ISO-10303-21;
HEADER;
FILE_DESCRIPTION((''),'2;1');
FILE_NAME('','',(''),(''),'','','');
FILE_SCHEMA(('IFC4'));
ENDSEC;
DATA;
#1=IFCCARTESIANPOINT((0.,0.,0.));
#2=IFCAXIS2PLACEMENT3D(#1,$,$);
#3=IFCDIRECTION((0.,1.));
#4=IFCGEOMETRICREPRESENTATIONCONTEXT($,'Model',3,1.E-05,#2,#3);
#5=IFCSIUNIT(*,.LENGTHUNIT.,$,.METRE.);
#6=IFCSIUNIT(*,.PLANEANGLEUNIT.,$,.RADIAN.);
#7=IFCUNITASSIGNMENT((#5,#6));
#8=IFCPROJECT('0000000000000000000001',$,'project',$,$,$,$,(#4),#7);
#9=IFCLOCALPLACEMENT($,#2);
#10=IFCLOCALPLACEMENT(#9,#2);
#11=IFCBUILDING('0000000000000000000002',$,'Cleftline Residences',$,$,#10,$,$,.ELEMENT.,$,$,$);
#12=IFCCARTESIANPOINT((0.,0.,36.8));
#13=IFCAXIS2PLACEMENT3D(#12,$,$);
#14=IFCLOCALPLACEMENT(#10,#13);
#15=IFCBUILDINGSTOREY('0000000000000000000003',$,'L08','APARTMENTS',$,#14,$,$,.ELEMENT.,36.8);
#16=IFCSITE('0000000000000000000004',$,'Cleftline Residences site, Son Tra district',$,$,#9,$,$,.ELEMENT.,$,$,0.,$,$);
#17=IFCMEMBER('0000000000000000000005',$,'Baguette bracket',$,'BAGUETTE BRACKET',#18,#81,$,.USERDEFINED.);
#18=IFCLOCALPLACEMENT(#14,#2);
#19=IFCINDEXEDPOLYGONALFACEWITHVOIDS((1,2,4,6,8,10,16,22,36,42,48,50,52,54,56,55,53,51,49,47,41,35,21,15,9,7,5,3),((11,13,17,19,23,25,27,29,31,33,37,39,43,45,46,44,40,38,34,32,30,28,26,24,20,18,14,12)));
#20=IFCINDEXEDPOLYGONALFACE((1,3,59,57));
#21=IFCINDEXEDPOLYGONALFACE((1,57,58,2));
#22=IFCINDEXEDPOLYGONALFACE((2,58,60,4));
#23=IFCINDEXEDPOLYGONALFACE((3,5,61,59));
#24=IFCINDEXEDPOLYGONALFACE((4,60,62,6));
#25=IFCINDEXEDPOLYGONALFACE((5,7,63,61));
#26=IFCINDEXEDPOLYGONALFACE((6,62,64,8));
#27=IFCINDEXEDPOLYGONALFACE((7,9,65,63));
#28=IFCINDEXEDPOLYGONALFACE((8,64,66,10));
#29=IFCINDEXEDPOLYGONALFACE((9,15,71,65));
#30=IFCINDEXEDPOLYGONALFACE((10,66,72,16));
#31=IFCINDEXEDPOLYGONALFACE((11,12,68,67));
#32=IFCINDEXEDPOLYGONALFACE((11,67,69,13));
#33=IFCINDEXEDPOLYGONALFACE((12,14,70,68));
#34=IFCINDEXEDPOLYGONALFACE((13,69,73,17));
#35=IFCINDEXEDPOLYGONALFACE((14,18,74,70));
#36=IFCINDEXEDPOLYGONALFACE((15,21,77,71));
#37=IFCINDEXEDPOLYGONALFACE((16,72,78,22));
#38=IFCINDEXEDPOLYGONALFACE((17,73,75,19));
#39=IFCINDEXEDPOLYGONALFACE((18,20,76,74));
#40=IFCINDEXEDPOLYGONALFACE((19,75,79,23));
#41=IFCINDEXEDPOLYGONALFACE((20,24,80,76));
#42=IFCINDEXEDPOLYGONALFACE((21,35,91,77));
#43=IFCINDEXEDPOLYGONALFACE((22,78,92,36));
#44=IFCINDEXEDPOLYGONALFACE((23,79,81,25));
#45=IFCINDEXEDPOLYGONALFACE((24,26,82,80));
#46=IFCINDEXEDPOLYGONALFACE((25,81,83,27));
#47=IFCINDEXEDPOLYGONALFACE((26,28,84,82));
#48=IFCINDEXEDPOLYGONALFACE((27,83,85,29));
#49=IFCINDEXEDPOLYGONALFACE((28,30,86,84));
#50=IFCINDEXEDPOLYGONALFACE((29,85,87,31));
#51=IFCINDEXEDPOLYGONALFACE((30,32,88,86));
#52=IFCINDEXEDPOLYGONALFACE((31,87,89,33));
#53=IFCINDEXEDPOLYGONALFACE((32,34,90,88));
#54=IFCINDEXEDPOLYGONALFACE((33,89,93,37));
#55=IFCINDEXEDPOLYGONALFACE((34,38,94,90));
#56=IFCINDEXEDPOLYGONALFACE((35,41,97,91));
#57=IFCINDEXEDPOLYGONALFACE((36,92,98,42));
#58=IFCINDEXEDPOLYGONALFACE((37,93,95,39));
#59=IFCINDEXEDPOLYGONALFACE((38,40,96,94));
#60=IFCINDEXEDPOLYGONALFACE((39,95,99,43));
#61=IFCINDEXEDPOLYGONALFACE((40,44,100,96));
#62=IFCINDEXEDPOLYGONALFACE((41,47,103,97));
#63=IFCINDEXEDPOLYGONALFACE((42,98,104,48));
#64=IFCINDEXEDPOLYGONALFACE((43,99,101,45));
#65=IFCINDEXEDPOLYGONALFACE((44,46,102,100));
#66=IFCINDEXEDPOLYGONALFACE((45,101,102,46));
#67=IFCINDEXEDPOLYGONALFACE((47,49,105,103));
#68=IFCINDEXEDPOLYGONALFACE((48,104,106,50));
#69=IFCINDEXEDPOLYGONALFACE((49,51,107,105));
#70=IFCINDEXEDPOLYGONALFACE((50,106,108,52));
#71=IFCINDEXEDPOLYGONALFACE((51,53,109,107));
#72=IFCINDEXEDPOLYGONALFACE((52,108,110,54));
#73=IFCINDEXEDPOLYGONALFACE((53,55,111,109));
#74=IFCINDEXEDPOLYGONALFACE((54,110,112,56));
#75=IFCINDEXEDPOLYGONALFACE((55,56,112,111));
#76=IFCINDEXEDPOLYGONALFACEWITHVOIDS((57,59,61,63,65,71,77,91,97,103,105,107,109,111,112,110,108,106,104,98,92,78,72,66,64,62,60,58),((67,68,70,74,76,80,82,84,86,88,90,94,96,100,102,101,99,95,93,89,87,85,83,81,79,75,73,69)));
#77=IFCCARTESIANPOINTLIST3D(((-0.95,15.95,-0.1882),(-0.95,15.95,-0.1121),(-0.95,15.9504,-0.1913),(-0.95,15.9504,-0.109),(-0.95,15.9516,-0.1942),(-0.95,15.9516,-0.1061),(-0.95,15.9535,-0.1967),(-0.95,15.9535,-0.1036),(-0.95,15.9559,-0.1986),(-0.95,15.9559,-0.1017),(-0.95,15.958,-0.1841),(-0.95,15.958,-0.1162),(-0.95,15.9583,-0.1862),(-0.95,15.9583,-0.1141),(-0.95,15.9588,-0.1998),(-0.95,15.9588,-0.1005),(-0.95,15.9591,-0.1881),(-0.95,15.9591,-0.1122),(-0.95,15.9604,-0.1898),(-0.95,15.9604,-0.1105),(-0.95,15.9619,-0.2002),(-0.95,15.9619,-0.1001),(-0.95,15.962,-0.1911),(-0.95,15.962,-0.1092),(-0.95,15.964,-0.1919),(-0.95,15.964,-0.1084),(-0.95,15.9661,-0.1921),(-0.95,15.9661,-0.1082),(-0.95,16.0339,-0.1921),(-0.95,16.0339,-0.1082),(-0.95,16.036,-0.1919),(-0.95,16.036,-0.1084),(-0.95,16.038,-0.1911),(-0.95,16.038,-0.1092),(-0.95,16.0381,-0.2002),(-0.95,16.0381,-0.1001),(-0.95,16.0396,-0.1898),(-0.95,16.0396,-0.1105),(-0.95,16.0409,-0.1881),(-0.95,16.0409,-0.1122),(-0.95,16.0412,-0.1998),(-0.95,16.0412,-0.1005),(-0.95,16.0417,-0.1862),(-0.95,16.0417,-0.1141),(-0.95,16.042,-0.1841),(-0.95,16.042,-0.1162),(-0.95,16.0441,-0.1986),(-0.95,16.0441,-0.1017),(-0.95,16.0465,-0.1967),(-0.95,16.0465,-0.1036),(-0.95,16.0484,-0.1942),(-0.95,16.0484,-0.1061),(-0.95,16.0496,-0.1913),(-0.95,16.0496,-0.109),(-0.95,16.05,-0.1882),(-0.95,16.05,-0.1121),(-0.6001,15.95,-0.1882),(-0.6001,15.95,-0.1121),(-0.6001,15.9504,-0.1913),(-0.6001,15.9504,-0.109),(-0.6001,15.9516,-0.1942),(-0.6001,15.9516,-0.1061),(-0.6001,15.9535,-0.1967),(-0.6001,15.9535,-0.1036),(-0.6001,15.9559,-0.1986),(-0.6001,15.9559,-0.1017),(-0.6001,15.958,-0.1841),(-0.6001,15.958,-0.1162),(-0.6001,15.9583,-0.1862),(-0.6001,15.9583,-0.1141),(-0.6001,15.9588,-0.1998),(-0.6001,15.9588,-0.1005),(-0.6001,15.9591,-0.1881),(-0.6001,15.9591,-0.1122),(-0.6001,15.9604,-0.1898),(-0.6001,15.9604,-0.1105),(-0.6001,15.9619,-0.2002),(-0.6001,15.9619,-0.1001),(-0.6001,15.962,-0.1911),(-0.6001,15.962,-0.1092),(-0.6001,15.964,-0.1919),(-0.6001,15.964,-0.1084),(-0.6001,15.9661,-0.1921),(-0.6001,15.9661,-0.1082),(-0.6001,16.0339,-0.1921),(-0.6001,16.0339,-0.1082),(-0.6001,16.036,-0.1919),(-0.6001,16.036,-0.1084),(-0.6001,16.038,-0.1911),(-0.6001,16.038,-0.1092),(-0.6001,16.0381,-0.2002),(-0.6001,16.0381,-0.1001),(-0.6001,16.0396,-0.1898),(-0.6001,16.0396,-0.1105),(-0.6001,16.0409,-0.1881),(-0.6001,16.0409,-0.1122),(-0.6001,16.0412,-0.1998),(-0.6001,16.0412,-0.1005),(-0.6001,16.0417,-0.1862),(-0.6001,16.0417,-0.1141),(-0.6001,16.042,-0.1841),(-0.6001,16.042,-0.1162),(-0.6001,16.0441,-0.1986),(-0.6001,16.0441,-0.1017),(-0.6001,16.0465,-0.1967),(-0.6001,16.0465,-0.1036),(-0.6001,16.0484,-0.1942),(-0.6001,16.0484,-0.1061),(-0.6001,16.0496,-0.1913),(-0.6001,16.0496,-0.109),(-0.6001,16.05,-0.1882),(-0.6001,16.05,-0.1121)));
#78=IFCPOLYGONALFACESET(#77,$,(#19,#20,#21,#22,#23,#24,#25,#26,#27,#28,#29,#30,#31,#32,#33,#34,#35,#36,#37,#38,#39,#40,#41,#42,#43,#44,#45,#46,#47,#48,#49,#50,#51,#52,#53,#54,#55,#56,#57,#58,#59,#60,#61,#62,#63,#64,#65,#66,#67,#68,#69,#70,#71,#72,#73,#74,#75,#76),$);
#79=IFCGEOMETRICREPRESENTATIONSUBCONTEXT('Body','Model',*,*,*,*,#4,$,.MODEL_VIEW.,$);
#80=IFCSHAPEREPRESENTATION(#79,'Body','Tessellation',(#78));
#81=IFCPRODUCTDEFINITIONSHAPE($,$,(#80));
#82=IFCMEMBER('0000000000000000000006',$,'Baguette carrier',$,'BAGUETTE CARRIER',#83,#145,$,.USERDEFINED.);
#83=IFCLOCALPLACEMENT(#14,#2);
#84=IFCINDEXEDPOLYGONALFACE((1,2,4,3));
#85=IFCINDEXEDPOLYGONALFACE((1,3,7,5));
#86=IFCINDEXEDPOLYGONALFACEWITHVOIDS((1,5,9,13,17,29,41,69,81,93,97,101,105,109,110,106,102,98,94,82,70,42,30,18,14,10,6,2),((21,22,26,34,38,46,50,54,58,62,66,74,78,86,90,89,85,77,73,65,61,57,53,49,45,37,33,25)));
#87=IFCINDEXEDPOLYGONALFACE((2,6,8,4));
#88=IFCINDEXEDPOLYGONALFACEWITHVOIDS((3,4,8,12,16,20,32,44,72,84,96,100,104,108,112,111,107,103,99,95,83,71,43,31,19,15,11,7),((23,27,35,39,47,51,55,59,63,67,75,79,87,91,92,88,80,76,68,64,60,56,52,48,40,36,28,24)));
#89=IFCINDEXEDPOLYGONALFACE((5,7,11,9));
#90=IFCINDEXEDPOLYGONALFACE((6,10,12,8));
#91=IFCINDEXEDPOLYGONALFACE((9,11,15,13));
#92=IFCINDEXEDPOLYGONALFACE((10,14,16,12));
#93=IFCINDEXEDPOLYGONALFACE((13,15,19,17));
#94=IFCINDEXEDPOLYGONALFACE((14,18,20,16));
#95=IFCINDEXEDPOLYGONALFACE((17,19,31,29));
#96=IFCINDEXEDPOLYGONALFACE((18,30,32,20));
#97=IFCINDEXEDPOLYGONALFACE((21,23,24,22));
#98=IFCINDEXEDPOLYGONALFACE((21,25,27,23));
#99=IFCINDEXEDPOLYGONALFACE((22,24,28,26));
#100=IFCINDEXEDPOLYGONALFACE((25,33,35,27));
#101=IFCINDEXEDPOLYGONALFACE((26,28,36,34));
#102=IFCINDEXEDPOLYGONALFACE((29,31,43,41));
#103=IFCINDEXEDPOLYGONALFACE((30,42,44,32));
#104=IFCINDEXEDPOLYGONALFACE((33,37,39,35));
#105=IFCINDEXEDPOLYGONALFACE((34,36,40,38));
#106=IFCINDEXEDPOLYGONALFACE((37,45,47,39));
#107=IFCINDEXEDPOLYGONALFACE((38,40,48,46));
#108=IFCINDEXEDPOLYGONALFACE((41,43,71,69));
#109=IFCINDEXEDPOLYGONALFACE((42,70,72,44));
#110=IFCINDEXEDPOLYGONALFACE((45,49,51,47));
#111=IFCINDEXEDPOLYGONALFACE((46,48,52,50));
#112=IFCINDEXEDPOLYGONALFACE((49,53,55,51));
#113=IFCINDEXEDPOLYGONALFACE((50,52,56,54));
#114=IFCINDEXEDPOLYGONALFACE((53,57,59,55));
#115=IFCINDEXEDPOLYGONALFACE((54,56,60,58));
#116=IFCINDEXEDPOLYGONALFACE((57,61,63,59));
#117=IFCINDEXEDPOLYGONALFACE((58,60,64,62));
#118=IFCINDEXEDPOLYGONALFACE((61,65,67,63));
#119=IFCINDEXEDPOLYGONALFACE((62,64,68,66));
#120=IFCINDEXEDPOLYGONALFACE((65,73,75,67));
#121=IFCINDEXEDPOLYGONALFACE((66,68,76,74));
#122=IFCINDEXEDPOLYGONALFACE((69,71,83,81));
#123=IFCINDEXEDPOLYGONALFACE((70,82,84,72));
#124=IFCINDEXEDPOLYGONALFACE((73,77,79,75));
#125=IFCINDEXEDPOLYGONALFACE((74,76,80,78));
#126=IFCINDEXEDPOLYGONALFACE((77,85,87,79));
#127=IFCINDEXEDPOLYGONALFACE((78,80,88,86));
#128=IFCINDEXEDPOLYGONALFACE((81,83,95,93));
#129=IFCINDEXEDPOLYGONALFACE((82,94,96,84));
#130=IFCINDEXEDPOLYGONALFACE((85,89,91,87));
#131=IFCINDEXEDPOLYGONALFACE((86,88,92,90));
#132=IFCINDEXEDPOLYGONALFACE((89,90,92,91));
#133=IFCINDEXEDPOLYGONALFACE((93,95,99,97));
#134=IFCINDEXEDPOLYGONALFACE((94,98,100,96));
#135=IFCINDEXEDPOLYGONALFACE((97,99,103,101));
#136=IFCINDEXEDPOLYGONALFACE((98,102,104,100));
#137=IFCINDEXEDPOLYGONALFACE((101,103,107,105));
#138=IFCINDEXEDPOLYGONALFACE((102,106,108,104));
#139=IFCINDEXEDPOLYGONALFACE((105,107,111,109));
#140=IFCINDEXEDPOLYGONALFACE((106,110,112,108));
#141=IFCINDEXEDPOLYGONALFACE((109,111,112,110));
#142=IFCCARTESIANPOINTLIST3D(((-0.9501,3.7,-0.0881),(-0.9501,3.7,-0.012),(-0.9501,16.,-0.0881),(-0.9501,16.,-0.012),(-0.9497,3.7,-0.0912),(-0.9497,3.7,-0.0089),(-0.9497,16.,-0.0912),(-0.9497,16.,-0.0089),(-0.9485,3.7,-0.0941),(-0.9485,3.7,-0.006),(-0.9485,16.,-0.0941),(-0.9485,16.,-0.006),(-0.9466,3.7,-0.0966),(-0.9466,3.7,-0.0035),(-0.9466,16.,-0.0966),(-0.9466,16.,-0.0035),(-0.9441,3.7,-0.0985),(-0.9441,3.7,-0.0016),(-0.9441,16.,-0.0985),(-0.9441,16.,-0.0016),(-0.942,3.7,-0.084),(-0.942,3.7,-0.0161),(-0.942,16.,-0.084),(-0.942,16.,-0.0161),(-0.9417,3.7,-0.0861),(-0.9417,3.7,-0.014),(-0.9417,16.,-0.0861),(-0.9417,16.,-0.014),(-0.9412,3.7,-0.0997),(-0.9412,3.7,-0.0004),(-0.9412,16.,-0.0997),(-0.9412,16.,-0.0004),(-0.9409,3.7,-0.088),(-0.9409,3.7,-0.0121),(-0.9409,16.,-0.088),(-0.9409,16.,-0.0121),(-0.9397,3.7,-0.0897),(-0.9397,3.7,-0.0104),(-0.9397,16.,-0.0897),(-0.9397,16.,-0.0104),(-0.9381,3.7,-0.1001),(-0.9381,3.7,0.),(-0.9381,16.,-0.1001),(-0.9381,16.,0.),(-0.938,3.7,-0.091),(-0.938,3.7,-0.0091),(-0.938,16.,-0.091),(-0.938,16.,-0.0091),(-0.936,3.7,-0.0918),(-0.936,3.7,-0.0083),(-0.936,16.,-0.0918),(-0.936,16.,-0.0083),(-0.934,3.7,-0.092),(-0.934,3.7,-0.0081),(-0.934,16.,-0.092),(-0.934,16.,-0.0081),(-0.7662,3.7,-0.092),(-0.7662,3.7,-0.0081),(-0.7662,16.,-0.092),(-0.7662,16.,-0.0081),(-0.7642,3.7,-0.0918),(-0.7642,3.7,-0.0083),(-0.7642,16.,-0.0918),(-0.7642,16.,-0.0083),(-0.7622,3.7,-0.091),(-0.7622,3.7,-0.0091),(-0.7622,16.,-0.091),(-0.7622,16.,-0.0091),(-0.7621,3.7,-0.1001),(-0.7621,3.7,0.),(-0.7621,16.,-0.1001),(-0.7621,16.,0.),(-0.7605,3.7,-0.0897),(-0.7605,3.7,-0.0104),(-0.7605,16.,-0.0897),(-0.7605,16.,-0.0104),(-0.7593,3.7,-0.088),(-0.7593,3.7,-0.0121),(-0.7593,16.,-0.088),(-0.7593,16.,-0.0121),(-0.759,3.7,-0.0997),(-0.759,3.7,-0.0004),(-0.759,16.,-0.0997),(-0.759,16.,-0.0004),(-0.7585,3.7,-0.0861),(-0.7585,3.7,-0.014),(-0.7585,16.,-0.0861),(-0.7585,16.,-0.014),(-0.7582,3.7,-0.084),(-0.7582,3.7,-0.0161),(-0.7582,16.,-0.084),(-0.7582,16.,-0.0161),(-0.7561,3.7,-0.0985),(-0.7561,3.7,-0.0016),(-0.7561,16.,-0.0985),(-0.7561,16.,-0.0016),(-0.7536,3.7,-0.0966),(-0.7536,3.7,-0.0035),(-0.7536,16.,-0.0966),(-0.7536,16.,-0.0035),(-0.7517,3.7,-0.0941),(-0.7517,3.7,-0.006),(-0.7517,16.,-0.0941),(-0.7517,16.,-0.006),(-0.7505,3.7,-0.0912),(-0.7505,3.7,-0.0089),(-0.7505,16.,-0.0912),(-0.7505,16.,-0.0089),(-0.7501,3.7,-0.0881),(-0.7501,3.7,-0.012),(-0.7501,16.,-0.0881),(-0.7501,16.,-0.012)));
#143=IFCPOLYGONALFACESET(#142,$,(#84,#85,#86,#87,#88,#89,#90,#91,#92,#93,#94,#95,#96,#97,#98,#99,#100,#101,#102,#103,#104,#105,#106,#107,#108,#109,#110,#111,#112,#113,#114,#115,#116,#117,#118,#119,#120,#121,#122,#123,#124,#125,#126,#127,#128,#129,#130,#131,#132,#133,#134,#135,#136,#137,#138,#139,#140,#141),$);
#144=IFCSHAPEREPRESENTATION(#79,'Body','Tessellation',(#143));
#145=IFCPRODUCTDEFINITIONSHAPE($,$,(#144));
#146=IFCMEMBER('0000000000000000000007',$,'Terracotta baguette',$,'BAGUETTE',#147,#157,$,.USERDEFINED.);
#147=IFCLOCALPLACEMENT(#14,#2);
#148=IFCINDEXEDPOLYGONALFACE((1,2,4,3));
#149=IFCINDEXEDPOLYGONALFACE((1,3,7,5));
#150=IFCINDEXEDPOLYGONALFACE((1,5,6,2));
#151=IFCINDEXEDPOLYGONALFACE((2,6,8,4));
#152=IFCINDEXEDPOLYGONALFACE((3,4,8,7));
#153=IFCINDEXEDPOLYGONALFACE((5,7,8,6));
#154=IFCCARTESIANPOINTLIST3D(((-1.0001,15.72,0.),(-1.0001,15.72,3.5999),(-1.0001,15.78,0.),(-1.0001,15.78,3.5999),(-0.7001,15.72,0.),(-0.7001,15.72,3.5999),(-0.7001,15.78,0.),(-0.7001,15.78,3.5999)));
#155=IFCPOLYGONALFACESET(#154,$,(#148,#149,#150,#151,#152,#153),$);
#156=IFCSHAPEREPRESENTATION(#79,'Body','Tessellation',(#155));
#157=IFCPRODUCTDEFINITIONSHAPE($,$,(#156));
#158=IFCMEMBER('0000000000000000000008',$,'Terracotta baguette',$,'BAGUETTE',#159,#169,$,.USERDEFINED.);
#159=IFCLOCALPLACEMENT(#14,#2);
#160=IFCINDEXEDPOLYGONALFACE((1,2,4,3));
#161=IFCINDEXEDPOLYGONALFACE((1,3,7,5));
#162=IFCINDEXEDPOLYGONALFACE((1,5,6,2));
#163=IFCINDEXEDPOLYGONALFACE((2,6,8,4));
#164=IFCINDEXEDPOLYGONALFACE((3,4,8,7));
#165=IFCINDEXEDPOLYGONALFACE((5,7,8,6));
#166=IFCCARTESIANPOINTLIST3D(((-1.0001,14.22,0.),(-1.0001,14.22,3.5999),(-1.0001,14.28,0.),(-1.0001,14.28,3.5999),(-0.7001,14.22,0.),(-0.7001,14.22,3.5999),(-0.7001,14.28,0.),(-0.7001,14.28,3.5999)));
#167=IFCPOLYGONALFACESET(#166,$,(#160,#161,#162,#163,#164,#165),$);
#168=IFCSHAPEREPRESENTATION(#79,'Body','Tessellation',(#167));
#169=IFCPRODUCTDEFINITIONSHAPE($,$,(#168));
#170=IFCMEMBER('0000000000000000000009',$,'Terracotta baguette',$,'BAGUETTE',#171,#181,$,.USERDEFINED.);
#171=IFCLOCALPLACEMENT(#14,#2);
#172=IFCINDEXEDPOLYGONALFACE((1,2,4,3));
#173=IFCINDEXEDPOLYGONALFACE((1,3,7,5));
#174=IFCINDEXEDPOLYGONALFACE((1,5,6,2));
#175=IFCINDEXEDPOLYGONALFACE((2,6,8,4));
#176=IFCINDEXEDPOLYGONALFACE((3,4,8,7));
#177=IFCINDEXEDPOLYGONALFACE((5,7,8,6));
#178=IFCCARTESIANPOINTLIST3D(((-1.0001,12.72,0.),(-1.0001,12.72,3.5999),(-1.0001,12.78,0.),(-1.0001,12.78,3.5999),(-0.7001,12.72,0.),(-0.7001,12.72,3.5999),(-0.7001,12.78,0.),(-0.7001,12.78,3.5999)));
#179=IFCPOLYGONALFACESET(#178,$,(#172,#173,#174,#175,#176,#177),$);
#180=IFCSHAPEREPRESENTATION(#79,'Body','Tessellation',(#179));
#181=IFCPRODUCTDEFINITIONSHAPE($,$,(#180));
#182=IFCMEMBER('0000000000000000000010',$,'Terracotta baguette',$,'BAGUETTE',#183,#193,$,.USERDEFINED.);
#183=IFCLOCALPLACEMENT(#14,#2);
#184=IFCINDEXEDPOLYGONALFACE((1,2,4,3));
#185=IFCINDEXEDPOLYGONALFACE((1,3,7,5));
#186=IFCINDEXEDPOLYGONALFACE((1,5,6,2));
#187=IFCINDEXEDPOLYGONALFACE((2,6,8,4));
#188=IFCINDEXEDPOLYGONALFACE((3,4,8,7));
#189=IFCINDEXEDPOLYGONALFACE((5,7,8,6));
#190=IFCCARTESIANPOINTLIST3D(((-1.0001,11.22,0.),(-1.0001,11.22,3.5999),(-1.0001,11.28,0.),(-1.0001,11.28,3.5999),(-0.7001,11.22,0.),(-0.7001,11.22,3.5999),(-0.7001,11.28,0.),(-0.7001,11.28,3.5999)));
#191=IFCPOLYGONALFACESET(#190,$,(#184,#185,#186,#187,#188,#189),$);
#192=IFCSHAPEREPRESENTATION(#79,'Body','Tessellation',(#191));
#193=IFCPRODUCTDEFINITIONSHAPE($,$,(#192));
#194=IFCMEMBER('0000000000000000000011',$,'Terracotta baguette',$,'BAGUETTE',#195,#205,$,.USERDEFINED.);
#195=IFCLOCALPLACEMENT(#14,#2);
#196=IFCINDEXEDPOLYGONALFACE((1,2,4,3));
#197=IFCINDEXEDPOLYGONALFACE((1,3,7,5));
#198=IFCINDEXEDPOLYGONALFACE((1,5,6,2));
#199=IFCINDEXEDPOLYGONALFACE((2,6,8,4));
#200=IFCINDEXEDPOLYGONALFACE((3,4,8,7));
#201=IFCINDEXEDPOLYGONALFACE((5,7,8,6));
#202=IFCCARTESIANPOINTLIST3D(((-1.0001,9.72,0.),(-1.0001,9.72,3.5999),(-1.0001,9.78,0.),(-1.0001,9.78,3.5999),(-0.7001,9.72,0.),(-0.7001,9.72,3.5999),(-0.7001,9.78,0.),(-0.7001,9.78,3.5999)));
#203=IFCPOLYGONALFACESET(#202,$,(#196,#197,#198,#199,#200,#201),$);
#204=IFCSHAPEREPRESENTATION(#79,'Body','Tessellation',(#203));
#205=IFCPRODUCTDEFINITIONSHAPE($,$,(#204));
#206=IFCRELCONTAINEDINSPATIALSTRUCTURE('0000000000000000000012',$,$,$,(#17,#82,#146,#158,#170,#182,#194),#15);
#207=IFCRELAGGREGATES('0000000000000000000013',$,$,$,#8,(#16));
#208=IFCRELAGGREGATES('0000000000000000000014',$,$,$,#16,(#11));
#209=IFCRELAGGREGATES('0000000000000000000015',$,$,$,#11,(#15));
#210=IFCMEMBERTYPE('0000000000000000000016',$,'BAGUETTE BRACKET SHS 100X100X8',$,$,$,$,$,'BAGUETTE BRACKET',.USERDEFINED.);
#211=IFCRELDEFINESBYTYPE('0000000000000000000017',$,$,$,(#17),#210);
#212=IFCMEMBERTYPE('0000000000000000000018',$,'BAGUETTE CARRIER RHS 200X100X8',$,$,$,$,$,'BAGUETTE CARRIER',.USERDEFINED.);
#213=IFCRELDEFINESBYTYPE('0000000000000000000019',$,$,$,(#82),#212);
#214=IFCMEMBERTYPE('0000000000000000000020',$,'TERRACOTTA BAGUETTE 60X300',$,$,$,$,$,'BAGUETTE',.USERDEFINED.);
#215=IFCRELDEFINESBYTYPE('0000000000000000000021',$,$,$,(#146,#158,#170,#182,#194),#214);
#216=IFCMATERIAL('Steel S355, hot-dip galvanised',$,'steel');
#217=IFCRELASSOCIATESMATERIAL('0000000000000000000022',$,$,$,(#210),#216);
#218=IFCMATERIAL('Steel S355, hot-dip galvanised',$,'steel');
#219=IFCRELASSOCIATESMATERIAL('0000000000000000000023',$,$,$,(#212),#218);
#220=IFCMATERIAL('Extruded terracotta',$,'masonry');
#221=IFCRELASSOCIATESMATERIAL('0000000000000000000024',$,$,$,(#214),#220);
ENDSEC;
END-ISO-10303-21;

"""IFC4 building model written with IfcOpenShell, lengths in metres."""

from ifc_helpers import new_model, si_unit, direction, frame, origin, origin_2d, place, context, subcontext, project, spatial, rectangle, hollow_rectangle, extrude, material, material_profile, profile_set, type_object, element, save


model = new_model("IFC4")

# Units and contexts
model_context = context("Model", 3, precision=1e-05, world=origin(), true_north=direction((0.0, 1.0)))
body_context = subcontext(model_context, "Body", "Model", "MODEL_VIEW")
ifc_project = project(units=[si_unit("LENGTHUNIT", "METRE"), si_unit("PLANEANGLEUNIT", "RADIAN")], contexts=[model_context])

# Site, building, storey
site_placement = place(None, origin())
site = spatial("IfcSite", under=ifc_project, at=site_placement, Name="Cleftline Residences site, Son Tra district", CompositionType="ELEMENT", RefElevation=0.0)
building_placement = place(site_placement, origin())
building = spatial("IfcBuilding", under=site, at=building_placement, Name="Cleftline Residences", CompositionType="ELEMENT")
storey_placement = place(building_placement, frame((0.0, 0.0, 36.8)))
storey = spatial("IfcBuildingStorey", under=building, at=storey_placement, Name="L08", Description="APARTMENTS", CompositionType="ELEMENT", Elevation=36.8)

# Members
ifc_material_1 = material(Name="Steel S355, hot-dip galvanised", Category="steel")
ifc_material_profile_1 = material_profile(ifc_material_1, hollow_rectangle(XDim=0.1001, YDim=0.1001, WallThickness=0.0081, InnerFilletRadius=0.0081, OuterFilletRadius=0.012, at=origin_2d()))
ifc_profile_set_1 = profile_set([ifc_material_profile_1], Name="Steel S355, hot-dip galvanised")
member_type_1 = type_object("IfcMemberType", Name="BAGUETTE BRACKET SHS 100X100X8", ElementType="BAGUETTE BRACKET", PredefinedType="USERDEFINED", material=ifc_profile_set_1)
member_1_placement = place(storey_placement, frame((-0.6001, 16.0, -0.1501), z_axis=(-1.0, 0.0, 0.0), x_axis=(0.0, -1.0, 0.0)))
element("IfcMember", 1, at=member_1_placement, inside=storey, type_object=member_type_1, Name="Baguette bracket", ObjectType="BAGUETTE BRACKET", PredefinedType="USERDEFINED", context=body_context, shape_type="SweptSolid", body=[
    extrude(hollow_rectangle(XDim=0.1001, YDim=0.1001, WallThickness=0.0081, InnerFilletRadius=0.0081, OuterFilletRadius=0.012, at=origin_2d()), origin(), (0.0, 0.0, 1.0), 0.3499),
])
ifc_material_2 = material(Name="Steel S355, hot-dip galvanised", Category="steel")
ifc_material_profile_2 = material_profile(ifc_material_2, hollow_rectangle(XDim=0.1001, YDim=0.2, WallThickness=0.0081, InnerFilletRadius=0.0081, OuterFilletRadius=0.012, at=origin_2d()))
ifc_profile_set_2 = profile_set([ifc_material_profile_2], Name="Steel S355, hot-dip galvanised")
member_type_2 = type_object("IfcMemberType", Name="BAGUETTE CARRIER RHS 200X100X8", ElementType="BAGUETTE CARRIER", PredefinedType="USERDEFINED", material=ifc_profile_set_2)
member_2_placement = place(storey_placement, frame((-0.8501, 16.0, -0.05), z_axis=(0.0, -1.0, 0.0), x_axis=(0.0, 0.0, 1.0)))
element("IfcMember", 2, at=member_2_placement, inside=storey, type_object=member_type_2, Name="Baguette carrier", ObjectType="BAGUETTE CARRIER", PredefinedType="USERDEFINED", context=body_context, shape_type="SweptSolid", body=[
    extrude(hollow_rectangle(XDim=0.1001, YDim=0.2, WallThickness=0.0081, InnerFilletRadius=0.0081, OuterFilletRadius=0.012, at=origin_2d()), origin(), (0.0, 0.0, 1.0), 12.3),
])
ifc_material_3 = material(Name="Extruded terracotta", Category="masonry")
ifc_material_profile_3 = material_profile(ifc_material_3, rectangle(XDim=0.0601, YDim=0.3, at=origin_2d()))
ifc_profile_set_3 = profile_set([ifc_material_profile_3], Name="Extruded terracotta")
member_type_3 = type_object("IfcMemberType", Name="TERRACOTTA BAGUETTE 60X300", ElementType="BAGUETTE", PredefinedType="USERDEFINED", material=ifc_profile_set_3)
for number, where, z_axis, x_axis, name in (
    (3, (-0.8501, 15.75, 0.0), (0.0, 0.0, 1.0), (0.0, 1.0, 0.0), "Terracotta baguette"),
    (4, (-0.8501, 14.25, 0.0), (0.0, 0.0, 1.0), (0.0, 1.0, 0.0), "Terracotta baguette"),
    (5, (-0.8501, 12.75, 0.0), (0.0, 0.0, 1.0), (0.0, 1.0, 0.0), "Terracotta baguette"),
    (6, (-0.8501, 11.25, 0.0), (0.0, 0.0, 1.0), (0.0, 1.0, 0.0), "Terracotta baguette"),
    (7, (-0.8501, 9.75, 0.0), (0.0, 0.0, 1.0), (0.0, 1.0, 0.0), "Terracotta baguette"),
):
    element("IfcMember", number, at=place(storey_placement, frame(where, z_axis=z_axis, x_axis=x_axis)), inside=storey, type_object=member_type_3, Name=name, ObjectType="BAGUETTE", PredefinedType="USERDEFINED", context=body_context, shape_type="SweptSolid", body=[
        extrude(rectangle(XDim=0.0601, YDim=0.3, at=origin_2d()), origin(), (0.0, 0.0, 1.0), 3.5999),
    ])

save(model, "model.ifc")
